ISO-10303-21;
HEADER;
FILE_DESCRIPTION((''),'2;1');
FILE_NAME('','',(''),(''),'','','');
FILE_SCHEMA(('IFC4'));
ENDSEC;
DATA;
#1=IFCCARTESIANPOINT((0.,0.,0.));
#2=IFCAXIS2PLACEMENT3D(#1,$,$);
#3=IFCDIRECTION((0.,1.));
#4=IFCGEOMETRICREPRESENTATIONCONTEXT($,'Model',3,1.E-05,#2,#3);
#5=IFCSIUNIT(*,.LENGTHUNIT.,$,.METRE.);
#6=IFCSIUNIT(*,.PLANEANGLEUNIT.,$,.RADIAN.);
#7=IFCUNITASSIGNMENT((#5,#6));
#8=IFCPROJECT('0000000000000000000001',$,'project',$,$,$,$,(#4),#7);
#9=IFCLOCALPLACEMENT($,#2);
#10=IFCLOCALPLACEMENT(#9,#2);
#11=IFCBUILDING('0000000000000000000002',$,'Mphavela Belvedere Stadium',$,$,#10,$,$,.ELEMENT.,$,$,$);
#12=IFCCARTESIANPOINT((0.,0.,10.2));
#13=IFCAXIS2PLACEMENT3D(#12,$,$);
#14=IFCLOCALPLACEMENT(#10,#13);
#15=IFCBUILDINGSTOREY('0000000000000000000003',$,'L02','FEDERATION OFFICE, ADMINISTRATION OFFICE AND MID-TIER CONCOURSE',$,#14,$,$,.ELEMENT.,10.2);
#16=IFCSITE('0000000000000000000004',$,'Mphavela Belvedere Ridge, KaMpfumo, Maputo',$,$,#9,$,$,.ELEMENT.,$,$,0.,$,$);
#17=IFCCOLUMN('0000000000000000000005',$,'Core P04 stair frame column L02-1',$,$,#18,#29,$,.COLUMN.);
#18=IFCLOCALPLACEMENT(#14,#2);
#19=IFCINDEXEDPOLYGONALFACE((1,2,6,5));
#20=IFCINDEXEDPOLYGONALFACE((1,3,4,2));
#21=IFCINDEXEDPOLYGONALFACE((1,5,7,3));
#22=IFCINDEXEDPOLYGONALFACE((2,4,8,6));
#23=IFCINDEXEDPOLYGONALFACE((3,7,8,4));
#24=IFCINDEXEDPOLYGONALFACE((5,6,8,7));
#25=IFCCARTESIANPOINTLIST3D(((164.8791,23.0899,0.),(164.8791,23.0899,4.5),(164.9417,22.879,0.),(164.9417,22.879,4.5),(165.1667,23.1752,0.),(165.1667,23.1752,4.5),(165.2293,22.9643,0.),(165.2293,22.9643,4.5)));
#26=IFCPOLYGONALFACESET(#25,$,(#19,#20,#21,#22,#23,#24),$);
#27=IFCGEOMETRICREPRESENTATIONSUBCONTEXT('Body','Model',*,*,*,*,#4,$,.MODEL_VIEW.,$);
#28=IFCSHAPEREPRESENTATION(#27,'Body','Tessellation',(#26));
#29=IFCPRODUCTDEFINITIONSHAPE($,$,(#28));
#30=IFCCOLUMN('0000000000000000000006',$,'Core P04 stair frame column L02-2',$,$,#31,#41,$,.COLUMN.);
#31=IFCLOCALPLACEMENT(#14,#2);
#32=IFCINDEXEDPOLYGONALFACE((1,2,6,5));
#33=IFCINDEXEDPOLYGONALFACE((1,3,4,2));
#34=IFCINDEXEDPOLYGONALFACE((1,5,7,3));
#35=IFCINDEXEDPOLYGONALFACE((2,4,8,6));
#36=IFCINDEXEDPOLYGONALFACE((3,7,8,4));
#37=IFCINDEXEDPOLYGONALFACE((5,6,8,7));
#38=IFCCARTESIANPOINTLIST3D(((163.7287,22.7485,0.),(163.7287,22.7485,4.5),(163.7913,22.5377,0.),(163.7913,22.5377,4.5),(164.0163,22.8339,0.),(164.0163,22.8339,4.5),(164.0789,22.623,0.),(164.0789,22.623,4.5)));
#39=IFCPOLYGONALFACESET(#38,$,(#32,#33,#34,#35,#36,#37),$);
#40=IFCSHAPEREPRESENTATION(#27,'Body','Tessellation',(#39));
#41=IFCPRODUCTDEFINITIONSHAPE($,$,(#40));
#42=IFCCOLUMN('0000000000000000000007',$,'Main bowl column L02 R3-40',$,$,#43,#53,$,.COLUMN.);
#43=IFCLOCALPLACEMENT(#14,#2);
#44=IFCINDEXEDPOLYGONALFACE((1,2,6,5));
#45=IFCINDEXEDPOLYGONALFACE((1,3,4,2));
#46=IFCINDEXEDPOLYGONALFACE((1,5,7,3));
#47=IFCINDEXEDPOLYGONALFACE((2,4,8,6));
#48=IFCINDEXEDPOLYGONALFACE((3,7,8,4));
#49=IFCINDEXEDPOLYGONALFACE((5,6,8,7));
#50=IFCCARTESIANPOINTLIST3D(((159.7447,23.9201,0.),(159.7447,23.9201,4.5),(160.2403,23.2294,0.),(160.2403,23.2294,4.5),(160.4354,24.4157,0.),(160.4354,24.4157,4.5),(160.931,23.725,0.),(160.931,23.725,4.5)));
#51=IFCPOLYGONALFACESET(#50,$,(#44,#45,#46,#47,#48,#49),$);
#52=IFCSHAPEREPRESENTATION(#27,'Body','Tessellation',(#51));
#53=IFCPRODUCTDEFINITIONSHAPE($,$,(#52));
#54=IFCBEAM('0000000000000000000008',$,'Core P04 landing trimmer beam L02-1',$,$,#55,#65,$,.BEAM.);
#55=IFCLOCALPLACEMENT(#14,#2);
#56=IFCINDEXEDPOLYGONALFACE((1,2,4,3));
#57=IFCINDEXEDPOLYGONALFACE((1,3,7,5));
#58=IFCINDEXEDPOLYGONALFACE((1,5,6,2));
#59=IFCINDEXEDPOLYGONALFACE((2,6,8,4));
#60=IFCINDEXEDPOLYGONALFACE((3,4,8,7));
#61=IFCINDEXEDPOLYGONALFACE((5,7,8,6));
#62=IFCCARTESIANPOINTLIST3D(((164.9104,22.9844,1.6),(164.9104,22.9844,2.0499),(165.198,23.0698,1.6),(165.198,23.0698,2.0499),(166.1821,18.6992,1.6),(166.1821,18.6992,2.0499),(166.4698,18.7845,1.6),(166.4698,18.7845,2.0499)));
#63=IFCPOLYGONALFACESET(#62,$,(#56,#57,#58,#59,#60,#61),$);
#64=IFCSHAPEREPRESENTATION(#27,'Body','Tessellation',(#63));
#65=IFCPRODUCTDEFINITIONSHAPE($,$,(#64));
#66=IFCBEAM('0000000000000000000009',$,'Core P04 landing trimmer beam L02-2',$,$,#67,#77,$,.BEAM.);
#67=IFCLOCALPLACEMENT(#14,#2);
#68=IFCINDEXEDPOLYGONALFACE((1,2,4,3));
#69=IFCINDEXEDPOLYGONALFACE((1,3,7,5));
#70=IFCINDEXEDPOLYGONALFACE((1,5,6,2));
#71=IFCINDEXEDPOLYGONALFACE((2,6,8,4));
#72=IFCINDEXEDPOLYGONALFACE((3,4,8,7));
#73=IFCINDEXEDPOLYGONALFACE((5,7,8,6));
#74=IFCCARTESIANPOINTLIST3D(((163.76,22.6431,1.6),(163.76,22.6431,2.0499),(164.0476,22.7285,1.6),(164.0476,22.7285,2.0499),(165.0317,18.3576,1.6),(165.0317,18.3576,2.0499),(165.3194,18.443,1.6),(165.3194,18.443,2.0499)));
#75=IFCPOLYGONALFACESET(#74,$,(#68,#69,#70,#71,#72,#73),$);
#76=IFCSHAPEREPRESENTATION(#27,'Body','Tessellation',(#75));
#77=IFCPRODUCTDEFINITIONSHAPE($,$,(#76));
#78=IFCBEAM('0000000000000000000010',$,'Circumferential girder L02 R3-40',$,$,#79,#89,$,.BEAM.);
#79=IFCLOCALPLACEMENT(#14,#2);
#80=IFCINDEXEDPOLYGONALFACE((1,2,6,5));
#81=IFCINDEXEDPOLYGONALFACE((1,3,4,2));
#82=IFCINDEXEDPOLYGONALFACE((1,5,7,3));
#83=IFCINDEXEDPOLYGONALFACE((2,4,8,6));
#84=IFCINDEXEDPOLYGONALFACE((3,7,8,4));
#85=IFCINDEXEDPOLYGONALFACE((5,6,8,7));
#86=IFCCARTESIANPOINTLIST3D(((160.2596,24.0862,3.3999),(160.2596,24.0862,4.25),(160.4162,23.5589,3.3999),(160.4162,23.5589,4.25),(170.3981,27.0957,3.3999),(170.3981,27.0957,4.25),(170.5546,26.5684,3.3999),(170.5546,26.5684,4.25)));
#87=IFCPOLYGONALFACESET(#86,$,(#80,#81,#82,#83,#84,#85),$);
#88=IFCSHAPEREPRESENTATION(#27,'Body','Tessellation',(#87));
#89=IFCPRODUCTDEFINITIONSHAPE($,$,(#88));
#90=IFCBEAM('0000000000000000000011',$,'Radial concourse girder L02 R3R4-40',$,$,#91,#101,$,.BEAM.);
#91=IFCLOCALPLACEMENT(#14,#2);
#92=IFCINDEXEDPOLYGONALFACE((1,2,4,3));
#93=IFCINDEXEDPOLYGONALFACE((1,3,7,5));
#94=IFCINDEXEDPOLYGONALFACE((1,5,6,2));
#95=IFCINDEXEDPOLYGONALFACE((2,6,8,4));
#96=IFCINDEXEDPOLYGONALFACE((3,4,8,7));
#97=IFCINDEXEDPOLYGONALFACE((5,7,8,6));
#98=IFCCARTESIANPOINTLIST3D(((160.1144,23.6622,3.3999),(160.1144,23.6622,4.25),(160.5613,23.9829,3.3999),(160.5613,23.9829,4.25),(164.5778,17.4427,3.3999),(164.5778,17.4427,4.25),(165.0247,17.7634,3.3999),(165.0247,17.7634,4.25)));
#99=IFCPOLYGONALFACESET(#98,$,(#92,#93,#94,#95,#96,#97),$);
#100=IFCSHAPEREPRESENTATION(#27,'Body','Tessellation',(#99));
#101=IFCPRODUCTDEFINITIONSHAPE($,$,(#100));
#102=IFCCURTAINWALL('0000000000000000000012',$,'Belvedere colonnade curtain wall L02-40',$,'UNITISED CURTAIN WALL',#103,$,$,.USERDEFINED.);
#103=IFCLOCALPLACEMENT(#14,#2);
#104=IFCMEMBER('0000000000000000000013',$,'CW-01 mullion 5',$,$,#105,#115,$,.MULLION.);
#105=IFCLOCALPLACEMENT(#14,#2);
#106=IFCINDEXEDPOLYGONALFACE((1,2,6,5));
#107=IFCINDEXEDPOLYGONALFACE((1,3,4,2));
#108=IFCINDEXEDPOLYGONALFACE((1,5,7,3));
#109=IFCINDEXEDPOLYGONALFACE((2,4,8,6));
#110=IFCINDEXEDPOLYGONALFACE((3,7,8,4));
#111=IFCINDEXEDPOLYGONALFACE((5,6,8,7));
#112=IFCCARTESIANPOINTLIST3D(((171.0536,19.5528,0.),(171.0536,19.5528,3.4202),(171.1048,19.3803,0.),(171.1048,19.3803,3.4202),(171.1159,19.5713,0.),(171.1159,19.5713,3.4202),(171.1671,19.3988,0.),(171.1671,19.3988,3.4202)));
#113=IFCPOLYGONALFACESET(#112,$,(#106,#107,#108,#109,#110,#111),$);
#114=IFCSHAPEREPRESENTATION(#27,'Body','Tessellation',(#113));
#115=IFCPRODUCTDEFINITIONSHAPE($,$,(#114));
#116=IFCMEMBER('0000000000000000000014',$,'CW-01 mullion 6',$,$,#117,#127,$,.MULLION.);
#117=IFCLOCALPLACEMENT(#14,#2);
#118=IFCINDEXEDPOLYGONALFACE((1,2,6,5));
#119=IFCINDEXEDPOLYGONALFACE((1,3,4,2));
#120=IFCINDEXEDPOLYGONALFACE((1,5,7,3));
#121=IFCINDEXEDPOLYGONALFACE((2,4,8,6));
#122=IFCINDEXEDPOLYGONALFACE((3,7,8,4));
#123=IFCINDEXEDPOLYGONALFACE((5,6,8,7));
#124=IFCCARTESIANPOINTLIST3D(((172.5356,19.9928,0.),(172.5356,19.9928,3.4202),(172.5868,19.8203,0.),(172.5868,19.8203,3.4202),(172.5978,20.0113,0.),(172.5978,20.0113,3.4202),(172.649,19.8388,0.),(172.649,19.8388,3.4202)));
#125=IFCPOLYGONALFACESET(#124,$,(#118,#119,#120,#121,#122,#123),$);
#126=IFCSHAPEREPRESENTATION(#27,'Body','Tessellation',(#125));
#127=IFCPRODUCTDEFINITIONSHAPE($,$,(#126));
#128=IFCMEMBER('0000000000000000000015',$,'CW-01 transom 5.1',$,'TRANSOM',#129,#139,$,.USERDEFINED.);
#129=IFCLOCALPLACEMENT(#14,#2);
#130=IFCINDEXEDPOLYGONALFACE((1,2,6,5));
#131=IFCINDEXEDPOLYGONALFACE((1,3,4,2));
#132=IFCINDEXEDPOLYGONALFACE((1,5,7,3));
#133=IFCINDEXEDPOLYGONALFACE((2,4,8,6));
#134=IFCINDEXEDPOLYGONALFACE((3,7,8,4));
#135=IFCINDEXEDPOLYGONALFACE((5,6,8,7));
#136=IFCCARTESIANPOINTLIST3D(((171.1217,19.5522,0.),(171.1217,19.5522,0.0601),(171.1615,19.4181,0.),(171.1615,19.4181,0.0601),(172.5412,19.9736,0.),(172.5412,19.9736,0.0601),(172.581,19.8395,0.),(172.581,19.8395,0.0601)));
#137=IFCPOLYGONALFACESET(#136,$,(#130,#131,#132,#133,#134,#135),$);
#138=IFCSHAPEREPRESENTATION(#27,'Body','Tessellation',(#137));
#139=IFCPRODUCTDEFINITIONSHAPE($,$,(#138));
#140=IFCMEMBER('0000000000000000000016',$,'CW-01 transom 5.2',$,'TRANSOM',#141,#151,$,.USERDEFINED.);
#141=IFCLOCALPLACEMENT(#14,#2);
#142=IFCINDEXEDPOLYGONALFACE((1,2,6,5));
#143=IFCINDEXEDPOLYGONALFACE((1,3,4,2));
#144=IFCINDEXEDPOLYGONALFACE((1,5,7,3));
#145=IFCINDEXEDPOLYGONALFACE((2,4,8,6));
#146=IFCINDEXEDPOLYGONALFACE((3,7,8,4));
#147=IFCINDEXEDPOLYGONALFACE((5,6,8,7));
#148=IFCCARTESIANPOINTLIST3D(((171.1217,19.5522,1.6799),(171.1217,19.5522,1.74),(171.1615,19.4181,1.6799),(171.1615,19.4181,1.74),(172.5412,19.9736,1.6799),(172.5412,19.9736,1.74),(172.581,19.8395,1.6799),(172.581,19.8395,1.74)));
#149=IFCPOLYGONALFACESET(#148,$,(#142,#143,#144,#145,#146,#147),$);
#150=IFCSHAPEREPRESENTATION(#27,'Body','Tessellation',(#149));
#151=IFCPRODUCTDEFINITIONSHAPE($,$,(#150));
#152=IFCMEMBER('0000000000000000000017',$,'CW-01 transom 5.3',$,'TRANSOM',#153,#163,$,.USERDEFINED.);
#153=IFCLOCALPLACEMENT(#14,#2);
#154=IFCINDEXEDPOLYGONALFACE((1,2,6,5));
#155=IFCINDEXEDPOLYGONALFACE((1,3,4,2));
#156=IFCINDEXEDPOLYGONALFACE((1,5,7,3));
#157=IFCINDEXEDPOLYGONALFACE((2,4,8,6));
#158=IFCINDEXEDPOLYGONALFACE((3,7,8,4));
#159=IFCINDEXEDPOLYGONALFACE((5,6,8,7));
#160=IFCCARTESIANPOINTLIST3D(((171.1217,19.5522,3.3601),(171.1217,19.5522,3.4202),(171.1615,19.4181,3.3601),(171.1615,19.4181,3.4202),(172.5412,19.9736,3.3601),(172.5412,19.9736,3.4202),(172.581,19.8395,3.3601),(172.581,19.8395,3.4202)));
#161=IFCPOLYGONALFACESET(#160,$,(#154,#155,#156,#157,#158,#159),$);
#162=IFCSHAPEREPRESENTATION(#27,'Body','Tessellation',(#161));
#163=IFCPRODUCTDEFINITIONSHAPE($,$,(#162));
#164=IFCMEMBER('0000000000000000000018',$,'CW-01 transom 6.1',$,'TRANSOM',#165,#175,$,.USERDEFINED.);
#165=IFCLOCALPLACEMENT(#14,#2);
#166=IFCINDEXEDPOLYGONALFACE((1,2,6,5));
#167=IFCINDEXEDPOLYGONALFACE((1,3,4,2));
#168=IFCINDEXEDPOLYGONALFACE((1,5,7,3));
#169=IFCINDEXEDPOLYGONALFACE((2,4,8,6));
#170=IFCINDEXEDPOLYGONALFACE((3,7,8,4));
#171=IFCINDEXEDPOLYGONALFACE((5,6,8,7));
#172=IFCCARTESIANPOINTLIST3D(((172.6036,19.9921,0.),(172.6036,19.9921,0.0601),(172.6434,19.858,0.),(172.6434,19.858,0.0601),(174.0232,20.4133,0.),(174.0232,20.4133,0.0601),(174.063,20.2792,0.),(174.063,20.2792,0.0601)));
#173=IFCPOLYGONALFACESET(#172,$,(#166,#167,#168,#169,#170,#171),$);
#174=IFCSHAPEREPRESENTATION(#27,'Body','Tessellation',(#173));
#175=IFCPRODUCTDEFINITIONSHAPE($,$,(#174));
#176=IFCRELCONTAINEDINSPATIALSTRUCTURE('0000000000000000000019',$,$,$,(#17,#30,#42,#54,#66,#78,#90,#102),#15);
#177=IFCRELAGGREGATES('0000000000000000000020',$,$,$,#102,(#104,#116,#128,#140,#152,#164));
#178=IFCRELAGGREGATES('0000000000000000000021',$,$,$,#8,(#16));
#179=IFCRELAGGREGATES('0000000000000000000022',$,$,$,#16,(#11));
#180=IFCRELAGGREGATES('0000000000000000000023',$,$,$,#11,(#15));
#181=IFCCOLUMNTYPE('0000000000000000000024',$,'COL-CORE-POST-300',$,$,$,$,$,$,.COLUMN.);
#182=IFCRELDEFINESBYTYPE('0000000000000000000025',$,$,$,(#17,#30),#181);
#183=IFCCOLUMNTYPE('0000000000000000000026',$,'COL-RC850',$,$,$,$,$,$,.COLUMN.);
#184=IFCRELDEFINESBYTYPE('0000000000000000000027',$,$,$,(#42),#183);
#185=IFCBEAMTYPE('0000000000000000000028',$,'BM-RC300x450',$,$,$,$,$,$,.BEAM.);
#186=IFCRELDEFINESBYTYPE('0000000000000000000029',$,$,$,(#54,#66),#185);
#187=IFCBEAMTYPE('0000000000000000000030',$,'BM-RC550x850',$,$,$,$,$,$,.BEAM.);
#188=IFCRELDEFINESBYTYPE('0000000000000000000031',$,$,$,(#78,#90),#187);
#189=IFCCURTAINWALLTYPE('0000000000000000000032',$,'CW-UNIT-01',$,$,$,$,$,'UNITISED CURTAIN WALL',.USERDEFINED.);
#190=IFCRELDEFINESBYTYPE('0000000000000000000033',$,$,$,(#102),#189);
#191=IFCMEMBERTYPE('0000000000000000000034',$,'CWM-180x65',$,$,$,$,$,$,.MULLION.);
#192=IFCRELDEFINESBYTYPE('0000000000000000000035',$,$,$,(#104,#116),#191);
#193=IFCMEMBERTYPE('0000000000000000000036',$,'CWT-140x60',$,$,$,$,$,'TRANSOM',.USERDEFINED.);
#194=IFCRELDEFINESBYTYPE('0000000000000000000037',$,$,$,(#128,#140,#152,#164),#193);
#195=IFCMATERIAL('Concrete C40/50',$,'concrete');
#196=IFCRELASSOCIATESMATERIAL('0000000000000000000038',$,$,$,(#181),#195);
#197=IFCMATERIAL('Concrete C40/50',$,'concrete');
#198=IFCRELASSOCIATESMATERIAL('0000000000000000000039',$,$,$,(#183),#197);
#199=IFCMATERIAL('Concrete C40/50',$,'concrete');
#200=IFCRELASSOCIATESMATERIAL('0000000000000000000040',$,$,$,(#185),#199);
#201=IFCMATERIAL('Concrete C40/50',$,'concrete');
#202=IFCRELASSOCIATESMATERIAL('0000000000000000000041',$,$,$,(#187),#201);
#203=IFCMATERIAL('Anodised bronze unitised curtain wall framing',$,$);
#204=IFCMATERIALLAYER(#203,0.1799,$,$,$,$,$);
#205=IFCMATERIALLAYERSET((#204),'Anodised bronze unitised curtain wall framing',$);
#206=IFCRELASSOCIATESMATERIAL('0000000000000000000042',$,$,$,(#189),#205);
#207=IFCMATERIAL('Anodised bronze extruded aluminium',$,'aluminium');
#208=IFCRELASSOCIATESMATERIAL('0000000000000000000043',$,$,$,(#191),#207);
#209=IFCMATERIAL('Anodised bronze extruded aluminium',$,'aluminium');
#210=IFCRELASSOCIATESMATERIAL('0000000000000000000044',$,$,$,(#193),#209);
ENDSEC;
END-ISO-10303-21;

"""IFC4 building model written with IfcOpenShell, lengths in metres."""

from ifc_helpers import new_model, si_unit, direction, frame, origin, origin_2d, place, context, subcontext, project, spatial, rectangle, extrude, material, layer, layer_set, material_profile, profile_set, type_object, element, aggregate, save


model = new_model("IFC4")

# Units and contexts
model_context = context("Model", 3, precision=1e-05, world=origin(), true_north=direction((0.0, 1.0)))
body_context = subcontext(model_context, "Body", "Model", "MODEL_VIEW")
ifc_project = project(units=[si_unit("LENGTHUNIT", "METRE"), si_unit("PLANEANGLEUNIT", "RADIAN")], contexts=[model_context])

# Site, building, storey
site_placement = place(None, origin())
site = spatial("IfcSite", under=ifc_project, at=site_placement, Name="Mphavela Belvedere Ridge, KaMpfumo, Maputo", CompositionType="ELEMENT", RefElevation=0.0)
building_placement = place(site_placement, origin())
building = spatial("IfcBuilding", under=site, at=building_placement, Name="Mphavela Belvedere Stadium", CompositionType="ELEMENT")
storey_placement = place(building_placement, frame((0.0, 0.0, 10.2)))
storey = spatial("IfcBuildingStorey", under=building, at=storey_placement, Name="L02", Description="FEDERATION OFFICE, ADMINISTRATION OFFICE AND MID-TIER CONCOURSE", CompositionType="ELEMENT", Elevation=10.2)

# Columns
ifc_material_1 = material(Name="Concrete C40/50", Category="concrete")
ifc_material_profile_1 = material_profile(ifc_material_1, rectangle(XDim=0.3, YDim=0.22, at=origin_2d()), Name="RC 300x220")
ifc_profile_set_1 = profile_set([ifc_material_profile_1], Name="Concrete C40/50")
column_type_1 = type_object("IfcColumnType", Name="COL-CORE-POST-300", PredefinedType="COLUMN", material=ifc_profile_set_1)
for number, where, z_axis, x_axis, name in (
    (1, (165.0542, 23.0271, 0.0), (0.0, 0.0, 1.0), (-0.958671, -0.284517, 0.0), "Core P04 stair frame column L02-1"),
    (2, (163.9038, 22.6858, 0.0), (0.0, 0.0, 1.0), (-0.958671, -0.284517, 0.0), "Core P04 stair frame column L02-2"),
):
    element("IfcColumn", number, at=place(storey_placement, frame(where, z_axis=z_axis, x_axis=x_axis)), inside=storey, type_object=column_type_1, Name=name, PredefinedType="COLUMN", context=body_context, shape_type="SweptSolid", body=[
        extrude(rectangle(XDim=0.3, YDim=0.22, at=origin_2d()), origin(), (0.0, 0.0, 1.0), 4.5),
    ])
ifc_material_2 = material(Name="Concrete C40/50", Category="concrete")
ifc_material_profile_2 = material_profile(ifc_material_2, rectangle(XDim=0.8501, YDim=0.8501, at=origin_2d()), Name="RC 850x850")
ifc_profile_set_2 = profile_set([ifc_material_profile_2], Name="Concrete C40/50")
column_type_2 = type_object("IfcColumnType", Name="COL-RC850", PredefinedType="COLUMN", material=ifc_profile_set_2)
column_placement = place(storey_placement, frame((160.3379, 23.8225, 0.0), z_axis=(0.0, 0.0, 1.0), x_axis=(0.582974, -0.812491, 0.0)))
element("IfcColumn", 3, at=column_placement, inside=storey, type_object=column_type_2, Name="Main bowl column L02 R3-40", PredefinedType="COLUMN", context=body_context, shape_type="SweptSolid", body=[
    extrude(rectangle(XDim=0.8501, YDim=0.8501, at=origin_2d()), origin(), (0.0, 0.0, 1.0), 4.5),
])

# Beams
ifc_material_3 = material(Name="Concrete C40/50", Category="concrete")
ifc_material_profile_3 = material_profile(ifc_material_3, rectangle(XDim=0.3, YDim=0.45, at=origin_2d()), Name="RC 300x450")
ifc_profile_set_3 = profile_set([ifc_material_profile_3], Name="Concrete C40/50")
beam_type_1 = type_object("IfcBeamType", Name="BM-RC300x450", PredefinedType="BEAM", material=ifc_profile_set_3)
beam_1_placement = place(storey_placement, frame((165.0542, 23.0271, 1.825), z_axis=(0.28451, -0.958673, 0.0), x_axis=(0.958673, 0.28451, 0.0)))
element("IfcBeam", 4, at=beam_1_placement, inside=storey, type_object=beam_type_1, Name="Core P04 landing trimmer beam L02-1", PredefinedType="BEAM", context=body_context, shape_type="SweptSolid", body=[
    extrude(rectangle(XDim=0.3, YDim=0.45, at=origin_2d()), origin(), (0.0, 0.0, 1.0), 4.47),
])
beam_2_placement = place(storey_placement, frame((163.9038, 22.6858, 1.825), z_axis=(0.284496, -0.958677, 0.0), x_axis=(0.958677, 0.284496, 0.0)))
element("IfcBeam", 5, at=beam_2_placement, inside=storey, type_object=beam_type_1, Name="Core P04 landing trimmer beam L02-2", PredefinedType="BEAM", context=body_context, shape_type="SweptSolid", body=[
    extrude(rectangle(XDim=0.3, YDim=0.45, at=origin_2d()), origin(), (0.0, 0.0, 1.0), 4.4702),
])
ifc_material_4 = material(Name="Concrete C40/50", Category="concrete")
ifc_material_profile_4 = material_profile(ifc_material_4, rectangle(XDim=0.55, YDim=0.8501, at=origin_2d()), Name="RC 550x850")
ifc_profile_set_4 = profile_set([ifc_material_profile_4], Name="Concrete C40/50")
beam_type_2 = type_object("IfcBeamType", Name="BM-RC550x850", PredefinedType="BEAM", material=ifc_profile_set_4)
beam_3_placement = place(storey_placement, frame((160.3379, 23.8225, 3.825), z_axis=(0.958655, 0.28457, 0.0), x_axis=(-0.28457, 0.958655, 0.0)))
element("IfcBeam", 6, at=beam_3_placement, inside=storey, type_object=beam_type_2, Name="Circumferential girder L02 R3-40", PredefinedType="BEAM", context=body_context, shape_type="SweptSolid", body=[
    extrude(rectangle(XDim=0.55, YDim=0.8501, at=origin_2d()), origin(), (0.0, 0.0, 1.0), 10.5757),
])
beam_4_placement = place(storey_placement, frame((160.3379, 23.8225, 3.825), z_axis=(0.583044, -0.812441, 0.0), x_axis=(0.812441, 0.583044, 0.0)))
element("IfcBeam", 7, at=beam_4_placement, inside=storey, type_object=beam_type_2, Name="Radial concourse girder L02 R3R4-40", PredefinedType="BEAM", context=body_context, shape_type="SweptSolid", body=[
    extrude(rectangle(XDim=0.55, YDim=0.8501, at=origin_2d()), origin(), (0.0, 0.0, 1.0), 7.6553),
])

# Curtain wall, members
ifc_material_5 = material(Name="Anodised bronze unitised curtain wall framing")
ifc_layer_1 = layer(ifc_material_5, 0.1799)
ifc_layer_set_1 = layer_set([ifc_layer_1], Name="Anodised bronze unitised curtain wall framing")
curtain_wall_type = type_object("IfcCurtainWallType", Name="CW-UNIT-01", ElementType="UNITISED CURTAIN WALL", PredefinedType="USERDEFINED", material=ifc_layer_set_1)
curtain_wall_placement = place(storey_placement, origin())
curtain_wall = element("IfcCurtainWall", 8, at=curtain_wall_placement, inside=storey, type_object=curtain_wall_type, Name="Belvedere colonnade curtain wall L02-40", ObjectType="UNITISED CURTAIN WALL", PredefinedType="USERDEFINED")
ifc_material_6 = material(Name="Anodised bronze extruded aluminium", Category="aluminium")
ifc_material_profile_5 = material_profile(ifc_material_6, rectangle(XDim=0.1799, YDim=0.0649, at=origin_2d()), Name="CW-MUL 180x65")
ifc_profile_set_5 = profile_set([ifc_material_profile_5], Name="Anodised bronze extruded aluminium")
member_type_1 = type_object("IfcMemberType", Name="CWM-180x65", PredefinedType="MULLION", material=ifc_profile_set_5)
member_1_placement = place(storey_placement, frame((171.1104, 19.4758, 0.0), z_axis=(0.0, 0.0, 1.0), x_axis=(-0.284547, 0.958662, 0.0)))
member_1 = element("IfcMember", 9, at=member_1_placement, type_object=member_type_1, Name="CW-01 mullion 5", PredefinedType="MULLION", context=body_context, shape_type="SweptSolid", body=[
    extrude(rectangle(XDim=0.1799, YDim=0.0649, at=origin_2d()), origin(), (0.0, 0.0, 1.0), 3.4202),
])
member_2_placement = place(storey_placement, frame((172.5923, 19.9158, 0.0), z_axis=(0.0, 0.0, 1.0), x_axis=(-0.284547, 0.958662, 0.0)))
member_2 = element("IfcMember", 10, at=member_2_placement, type_object=member_type_1, Name="CW-01 mullion 6", PredefinedType="MULLION", context=body_context, shape_type="SweptSolid", body=[
    extrude(rectangle(XDim=0.1799, YDim=0.0649, at=origin_2d()), origin(), (0.0, 0.0, 1.0), 3.4202),
])
ifc_material_7 = material(Name="Anodised bronze extruded aluminium", Category="aluminium")
ifc_material_profile_6 = material_profile(ifc_material_7, rectangle(XDim=0.1399, YDim=0.0601, at=origin_2d()), Name="CW-TRN 140x60")
ifc_profile_set_6 = profile_set([ifc_material_profile_6], Name="Anodised bronze extruded aluminium")
member_type_2 = type_object("IfcMemberType", Name="CWT-140x60", ElementType="TRANSOM", PredefinedType="USERDEFINED", material=ifc_profile_set_6)
member_3_placement = place(storey_placement, frame((171.1416, 19.4851, 0.03), z_axis=(0.958648, 0.284594, 0.0), x_axis=(-0.284594, 0.958648, 0.0)))
member_3 = element("IfcMember", 11, at=member_3_placement, type_object=member_type_2, Name="CW-01 transom 5.1", ObjectType="TRANSOM", PredefinedType="USERDEFINED", context=body_context, shape_type="SweptSolid", body=[
    extrude(rectangle(XDim=0.1399, YDim=0.0601, at=origin_2d()), origin(), (0.0, 0.0, 1.0), 1.4807),
])
member_4_placement = place(storey_placement, frame((171.1416, 19.4851, 1.71), z_axis=(0.958648, 0.284594, 0.0), x_axis=(-0.284594, 0.958648, 0.0)))
member_4 = element("IfcMember", 12, at=member_4_placement, type_object=member_type_2, Name="CW-01 transom 5.2", ObjectType="TRANSOM", PredefinedType="USERDEFINED", context=body_context, shape_type="SweptSolid", body=[
    extrude(rectangle(XDim=0.1399, YDim=0.0601, at=origin_2d()), origin(), (0.0, 0.0, 1.0), 1.4807),
])
member_5_placement = place(storey_placement, frame((171.1416, 19.4851, 3.3901), z_axis=(0.958648, 0.284594, 0.0), x_axis=(-0.284594, 0.958648, 0.0)))
member_5 = element("IfcMember", 13, at=member_5_placement, type_object=member_type_2, Name="CW-01 transom 5.3", ObjectType="TRANSOM", PredefinedType="USERDEFINED", context=body_context, shape_type="SweptSolid", body=[
    extrude(rectangle(XDim=0.1399, YDim=0.0601, at=origin_2d()), origin(), (0.0, 0.0, 1.0), 1.4807),
])
member_6_placement = place(storey_placement, frame((172.6235, 19.925, 0.03), z_axis=(0.958693, 0.284442, 0.0), x_axis=(-0.284442, 0.958693, 0.0)))
member_6 = element("IfcMember", 14, at=member_6_placement, type_object=member_type_2, Name="CW-01 transom 6.1", ObjectType="TRANSOM", PredefinedType="USERDEFINED", context=body_context, shape_type="SweptSolid", body=[
    extrude(rectangle(XDim=0.1399, YDim=0.0601, at=origin_2d()), origin(), (0.0, 0.0, 1.0), 1.4807),
])
aggregate(curtain_wall, [member_1, member_2, member_3, member_4, member_5, member_6])

save(model, "model.ifc")
